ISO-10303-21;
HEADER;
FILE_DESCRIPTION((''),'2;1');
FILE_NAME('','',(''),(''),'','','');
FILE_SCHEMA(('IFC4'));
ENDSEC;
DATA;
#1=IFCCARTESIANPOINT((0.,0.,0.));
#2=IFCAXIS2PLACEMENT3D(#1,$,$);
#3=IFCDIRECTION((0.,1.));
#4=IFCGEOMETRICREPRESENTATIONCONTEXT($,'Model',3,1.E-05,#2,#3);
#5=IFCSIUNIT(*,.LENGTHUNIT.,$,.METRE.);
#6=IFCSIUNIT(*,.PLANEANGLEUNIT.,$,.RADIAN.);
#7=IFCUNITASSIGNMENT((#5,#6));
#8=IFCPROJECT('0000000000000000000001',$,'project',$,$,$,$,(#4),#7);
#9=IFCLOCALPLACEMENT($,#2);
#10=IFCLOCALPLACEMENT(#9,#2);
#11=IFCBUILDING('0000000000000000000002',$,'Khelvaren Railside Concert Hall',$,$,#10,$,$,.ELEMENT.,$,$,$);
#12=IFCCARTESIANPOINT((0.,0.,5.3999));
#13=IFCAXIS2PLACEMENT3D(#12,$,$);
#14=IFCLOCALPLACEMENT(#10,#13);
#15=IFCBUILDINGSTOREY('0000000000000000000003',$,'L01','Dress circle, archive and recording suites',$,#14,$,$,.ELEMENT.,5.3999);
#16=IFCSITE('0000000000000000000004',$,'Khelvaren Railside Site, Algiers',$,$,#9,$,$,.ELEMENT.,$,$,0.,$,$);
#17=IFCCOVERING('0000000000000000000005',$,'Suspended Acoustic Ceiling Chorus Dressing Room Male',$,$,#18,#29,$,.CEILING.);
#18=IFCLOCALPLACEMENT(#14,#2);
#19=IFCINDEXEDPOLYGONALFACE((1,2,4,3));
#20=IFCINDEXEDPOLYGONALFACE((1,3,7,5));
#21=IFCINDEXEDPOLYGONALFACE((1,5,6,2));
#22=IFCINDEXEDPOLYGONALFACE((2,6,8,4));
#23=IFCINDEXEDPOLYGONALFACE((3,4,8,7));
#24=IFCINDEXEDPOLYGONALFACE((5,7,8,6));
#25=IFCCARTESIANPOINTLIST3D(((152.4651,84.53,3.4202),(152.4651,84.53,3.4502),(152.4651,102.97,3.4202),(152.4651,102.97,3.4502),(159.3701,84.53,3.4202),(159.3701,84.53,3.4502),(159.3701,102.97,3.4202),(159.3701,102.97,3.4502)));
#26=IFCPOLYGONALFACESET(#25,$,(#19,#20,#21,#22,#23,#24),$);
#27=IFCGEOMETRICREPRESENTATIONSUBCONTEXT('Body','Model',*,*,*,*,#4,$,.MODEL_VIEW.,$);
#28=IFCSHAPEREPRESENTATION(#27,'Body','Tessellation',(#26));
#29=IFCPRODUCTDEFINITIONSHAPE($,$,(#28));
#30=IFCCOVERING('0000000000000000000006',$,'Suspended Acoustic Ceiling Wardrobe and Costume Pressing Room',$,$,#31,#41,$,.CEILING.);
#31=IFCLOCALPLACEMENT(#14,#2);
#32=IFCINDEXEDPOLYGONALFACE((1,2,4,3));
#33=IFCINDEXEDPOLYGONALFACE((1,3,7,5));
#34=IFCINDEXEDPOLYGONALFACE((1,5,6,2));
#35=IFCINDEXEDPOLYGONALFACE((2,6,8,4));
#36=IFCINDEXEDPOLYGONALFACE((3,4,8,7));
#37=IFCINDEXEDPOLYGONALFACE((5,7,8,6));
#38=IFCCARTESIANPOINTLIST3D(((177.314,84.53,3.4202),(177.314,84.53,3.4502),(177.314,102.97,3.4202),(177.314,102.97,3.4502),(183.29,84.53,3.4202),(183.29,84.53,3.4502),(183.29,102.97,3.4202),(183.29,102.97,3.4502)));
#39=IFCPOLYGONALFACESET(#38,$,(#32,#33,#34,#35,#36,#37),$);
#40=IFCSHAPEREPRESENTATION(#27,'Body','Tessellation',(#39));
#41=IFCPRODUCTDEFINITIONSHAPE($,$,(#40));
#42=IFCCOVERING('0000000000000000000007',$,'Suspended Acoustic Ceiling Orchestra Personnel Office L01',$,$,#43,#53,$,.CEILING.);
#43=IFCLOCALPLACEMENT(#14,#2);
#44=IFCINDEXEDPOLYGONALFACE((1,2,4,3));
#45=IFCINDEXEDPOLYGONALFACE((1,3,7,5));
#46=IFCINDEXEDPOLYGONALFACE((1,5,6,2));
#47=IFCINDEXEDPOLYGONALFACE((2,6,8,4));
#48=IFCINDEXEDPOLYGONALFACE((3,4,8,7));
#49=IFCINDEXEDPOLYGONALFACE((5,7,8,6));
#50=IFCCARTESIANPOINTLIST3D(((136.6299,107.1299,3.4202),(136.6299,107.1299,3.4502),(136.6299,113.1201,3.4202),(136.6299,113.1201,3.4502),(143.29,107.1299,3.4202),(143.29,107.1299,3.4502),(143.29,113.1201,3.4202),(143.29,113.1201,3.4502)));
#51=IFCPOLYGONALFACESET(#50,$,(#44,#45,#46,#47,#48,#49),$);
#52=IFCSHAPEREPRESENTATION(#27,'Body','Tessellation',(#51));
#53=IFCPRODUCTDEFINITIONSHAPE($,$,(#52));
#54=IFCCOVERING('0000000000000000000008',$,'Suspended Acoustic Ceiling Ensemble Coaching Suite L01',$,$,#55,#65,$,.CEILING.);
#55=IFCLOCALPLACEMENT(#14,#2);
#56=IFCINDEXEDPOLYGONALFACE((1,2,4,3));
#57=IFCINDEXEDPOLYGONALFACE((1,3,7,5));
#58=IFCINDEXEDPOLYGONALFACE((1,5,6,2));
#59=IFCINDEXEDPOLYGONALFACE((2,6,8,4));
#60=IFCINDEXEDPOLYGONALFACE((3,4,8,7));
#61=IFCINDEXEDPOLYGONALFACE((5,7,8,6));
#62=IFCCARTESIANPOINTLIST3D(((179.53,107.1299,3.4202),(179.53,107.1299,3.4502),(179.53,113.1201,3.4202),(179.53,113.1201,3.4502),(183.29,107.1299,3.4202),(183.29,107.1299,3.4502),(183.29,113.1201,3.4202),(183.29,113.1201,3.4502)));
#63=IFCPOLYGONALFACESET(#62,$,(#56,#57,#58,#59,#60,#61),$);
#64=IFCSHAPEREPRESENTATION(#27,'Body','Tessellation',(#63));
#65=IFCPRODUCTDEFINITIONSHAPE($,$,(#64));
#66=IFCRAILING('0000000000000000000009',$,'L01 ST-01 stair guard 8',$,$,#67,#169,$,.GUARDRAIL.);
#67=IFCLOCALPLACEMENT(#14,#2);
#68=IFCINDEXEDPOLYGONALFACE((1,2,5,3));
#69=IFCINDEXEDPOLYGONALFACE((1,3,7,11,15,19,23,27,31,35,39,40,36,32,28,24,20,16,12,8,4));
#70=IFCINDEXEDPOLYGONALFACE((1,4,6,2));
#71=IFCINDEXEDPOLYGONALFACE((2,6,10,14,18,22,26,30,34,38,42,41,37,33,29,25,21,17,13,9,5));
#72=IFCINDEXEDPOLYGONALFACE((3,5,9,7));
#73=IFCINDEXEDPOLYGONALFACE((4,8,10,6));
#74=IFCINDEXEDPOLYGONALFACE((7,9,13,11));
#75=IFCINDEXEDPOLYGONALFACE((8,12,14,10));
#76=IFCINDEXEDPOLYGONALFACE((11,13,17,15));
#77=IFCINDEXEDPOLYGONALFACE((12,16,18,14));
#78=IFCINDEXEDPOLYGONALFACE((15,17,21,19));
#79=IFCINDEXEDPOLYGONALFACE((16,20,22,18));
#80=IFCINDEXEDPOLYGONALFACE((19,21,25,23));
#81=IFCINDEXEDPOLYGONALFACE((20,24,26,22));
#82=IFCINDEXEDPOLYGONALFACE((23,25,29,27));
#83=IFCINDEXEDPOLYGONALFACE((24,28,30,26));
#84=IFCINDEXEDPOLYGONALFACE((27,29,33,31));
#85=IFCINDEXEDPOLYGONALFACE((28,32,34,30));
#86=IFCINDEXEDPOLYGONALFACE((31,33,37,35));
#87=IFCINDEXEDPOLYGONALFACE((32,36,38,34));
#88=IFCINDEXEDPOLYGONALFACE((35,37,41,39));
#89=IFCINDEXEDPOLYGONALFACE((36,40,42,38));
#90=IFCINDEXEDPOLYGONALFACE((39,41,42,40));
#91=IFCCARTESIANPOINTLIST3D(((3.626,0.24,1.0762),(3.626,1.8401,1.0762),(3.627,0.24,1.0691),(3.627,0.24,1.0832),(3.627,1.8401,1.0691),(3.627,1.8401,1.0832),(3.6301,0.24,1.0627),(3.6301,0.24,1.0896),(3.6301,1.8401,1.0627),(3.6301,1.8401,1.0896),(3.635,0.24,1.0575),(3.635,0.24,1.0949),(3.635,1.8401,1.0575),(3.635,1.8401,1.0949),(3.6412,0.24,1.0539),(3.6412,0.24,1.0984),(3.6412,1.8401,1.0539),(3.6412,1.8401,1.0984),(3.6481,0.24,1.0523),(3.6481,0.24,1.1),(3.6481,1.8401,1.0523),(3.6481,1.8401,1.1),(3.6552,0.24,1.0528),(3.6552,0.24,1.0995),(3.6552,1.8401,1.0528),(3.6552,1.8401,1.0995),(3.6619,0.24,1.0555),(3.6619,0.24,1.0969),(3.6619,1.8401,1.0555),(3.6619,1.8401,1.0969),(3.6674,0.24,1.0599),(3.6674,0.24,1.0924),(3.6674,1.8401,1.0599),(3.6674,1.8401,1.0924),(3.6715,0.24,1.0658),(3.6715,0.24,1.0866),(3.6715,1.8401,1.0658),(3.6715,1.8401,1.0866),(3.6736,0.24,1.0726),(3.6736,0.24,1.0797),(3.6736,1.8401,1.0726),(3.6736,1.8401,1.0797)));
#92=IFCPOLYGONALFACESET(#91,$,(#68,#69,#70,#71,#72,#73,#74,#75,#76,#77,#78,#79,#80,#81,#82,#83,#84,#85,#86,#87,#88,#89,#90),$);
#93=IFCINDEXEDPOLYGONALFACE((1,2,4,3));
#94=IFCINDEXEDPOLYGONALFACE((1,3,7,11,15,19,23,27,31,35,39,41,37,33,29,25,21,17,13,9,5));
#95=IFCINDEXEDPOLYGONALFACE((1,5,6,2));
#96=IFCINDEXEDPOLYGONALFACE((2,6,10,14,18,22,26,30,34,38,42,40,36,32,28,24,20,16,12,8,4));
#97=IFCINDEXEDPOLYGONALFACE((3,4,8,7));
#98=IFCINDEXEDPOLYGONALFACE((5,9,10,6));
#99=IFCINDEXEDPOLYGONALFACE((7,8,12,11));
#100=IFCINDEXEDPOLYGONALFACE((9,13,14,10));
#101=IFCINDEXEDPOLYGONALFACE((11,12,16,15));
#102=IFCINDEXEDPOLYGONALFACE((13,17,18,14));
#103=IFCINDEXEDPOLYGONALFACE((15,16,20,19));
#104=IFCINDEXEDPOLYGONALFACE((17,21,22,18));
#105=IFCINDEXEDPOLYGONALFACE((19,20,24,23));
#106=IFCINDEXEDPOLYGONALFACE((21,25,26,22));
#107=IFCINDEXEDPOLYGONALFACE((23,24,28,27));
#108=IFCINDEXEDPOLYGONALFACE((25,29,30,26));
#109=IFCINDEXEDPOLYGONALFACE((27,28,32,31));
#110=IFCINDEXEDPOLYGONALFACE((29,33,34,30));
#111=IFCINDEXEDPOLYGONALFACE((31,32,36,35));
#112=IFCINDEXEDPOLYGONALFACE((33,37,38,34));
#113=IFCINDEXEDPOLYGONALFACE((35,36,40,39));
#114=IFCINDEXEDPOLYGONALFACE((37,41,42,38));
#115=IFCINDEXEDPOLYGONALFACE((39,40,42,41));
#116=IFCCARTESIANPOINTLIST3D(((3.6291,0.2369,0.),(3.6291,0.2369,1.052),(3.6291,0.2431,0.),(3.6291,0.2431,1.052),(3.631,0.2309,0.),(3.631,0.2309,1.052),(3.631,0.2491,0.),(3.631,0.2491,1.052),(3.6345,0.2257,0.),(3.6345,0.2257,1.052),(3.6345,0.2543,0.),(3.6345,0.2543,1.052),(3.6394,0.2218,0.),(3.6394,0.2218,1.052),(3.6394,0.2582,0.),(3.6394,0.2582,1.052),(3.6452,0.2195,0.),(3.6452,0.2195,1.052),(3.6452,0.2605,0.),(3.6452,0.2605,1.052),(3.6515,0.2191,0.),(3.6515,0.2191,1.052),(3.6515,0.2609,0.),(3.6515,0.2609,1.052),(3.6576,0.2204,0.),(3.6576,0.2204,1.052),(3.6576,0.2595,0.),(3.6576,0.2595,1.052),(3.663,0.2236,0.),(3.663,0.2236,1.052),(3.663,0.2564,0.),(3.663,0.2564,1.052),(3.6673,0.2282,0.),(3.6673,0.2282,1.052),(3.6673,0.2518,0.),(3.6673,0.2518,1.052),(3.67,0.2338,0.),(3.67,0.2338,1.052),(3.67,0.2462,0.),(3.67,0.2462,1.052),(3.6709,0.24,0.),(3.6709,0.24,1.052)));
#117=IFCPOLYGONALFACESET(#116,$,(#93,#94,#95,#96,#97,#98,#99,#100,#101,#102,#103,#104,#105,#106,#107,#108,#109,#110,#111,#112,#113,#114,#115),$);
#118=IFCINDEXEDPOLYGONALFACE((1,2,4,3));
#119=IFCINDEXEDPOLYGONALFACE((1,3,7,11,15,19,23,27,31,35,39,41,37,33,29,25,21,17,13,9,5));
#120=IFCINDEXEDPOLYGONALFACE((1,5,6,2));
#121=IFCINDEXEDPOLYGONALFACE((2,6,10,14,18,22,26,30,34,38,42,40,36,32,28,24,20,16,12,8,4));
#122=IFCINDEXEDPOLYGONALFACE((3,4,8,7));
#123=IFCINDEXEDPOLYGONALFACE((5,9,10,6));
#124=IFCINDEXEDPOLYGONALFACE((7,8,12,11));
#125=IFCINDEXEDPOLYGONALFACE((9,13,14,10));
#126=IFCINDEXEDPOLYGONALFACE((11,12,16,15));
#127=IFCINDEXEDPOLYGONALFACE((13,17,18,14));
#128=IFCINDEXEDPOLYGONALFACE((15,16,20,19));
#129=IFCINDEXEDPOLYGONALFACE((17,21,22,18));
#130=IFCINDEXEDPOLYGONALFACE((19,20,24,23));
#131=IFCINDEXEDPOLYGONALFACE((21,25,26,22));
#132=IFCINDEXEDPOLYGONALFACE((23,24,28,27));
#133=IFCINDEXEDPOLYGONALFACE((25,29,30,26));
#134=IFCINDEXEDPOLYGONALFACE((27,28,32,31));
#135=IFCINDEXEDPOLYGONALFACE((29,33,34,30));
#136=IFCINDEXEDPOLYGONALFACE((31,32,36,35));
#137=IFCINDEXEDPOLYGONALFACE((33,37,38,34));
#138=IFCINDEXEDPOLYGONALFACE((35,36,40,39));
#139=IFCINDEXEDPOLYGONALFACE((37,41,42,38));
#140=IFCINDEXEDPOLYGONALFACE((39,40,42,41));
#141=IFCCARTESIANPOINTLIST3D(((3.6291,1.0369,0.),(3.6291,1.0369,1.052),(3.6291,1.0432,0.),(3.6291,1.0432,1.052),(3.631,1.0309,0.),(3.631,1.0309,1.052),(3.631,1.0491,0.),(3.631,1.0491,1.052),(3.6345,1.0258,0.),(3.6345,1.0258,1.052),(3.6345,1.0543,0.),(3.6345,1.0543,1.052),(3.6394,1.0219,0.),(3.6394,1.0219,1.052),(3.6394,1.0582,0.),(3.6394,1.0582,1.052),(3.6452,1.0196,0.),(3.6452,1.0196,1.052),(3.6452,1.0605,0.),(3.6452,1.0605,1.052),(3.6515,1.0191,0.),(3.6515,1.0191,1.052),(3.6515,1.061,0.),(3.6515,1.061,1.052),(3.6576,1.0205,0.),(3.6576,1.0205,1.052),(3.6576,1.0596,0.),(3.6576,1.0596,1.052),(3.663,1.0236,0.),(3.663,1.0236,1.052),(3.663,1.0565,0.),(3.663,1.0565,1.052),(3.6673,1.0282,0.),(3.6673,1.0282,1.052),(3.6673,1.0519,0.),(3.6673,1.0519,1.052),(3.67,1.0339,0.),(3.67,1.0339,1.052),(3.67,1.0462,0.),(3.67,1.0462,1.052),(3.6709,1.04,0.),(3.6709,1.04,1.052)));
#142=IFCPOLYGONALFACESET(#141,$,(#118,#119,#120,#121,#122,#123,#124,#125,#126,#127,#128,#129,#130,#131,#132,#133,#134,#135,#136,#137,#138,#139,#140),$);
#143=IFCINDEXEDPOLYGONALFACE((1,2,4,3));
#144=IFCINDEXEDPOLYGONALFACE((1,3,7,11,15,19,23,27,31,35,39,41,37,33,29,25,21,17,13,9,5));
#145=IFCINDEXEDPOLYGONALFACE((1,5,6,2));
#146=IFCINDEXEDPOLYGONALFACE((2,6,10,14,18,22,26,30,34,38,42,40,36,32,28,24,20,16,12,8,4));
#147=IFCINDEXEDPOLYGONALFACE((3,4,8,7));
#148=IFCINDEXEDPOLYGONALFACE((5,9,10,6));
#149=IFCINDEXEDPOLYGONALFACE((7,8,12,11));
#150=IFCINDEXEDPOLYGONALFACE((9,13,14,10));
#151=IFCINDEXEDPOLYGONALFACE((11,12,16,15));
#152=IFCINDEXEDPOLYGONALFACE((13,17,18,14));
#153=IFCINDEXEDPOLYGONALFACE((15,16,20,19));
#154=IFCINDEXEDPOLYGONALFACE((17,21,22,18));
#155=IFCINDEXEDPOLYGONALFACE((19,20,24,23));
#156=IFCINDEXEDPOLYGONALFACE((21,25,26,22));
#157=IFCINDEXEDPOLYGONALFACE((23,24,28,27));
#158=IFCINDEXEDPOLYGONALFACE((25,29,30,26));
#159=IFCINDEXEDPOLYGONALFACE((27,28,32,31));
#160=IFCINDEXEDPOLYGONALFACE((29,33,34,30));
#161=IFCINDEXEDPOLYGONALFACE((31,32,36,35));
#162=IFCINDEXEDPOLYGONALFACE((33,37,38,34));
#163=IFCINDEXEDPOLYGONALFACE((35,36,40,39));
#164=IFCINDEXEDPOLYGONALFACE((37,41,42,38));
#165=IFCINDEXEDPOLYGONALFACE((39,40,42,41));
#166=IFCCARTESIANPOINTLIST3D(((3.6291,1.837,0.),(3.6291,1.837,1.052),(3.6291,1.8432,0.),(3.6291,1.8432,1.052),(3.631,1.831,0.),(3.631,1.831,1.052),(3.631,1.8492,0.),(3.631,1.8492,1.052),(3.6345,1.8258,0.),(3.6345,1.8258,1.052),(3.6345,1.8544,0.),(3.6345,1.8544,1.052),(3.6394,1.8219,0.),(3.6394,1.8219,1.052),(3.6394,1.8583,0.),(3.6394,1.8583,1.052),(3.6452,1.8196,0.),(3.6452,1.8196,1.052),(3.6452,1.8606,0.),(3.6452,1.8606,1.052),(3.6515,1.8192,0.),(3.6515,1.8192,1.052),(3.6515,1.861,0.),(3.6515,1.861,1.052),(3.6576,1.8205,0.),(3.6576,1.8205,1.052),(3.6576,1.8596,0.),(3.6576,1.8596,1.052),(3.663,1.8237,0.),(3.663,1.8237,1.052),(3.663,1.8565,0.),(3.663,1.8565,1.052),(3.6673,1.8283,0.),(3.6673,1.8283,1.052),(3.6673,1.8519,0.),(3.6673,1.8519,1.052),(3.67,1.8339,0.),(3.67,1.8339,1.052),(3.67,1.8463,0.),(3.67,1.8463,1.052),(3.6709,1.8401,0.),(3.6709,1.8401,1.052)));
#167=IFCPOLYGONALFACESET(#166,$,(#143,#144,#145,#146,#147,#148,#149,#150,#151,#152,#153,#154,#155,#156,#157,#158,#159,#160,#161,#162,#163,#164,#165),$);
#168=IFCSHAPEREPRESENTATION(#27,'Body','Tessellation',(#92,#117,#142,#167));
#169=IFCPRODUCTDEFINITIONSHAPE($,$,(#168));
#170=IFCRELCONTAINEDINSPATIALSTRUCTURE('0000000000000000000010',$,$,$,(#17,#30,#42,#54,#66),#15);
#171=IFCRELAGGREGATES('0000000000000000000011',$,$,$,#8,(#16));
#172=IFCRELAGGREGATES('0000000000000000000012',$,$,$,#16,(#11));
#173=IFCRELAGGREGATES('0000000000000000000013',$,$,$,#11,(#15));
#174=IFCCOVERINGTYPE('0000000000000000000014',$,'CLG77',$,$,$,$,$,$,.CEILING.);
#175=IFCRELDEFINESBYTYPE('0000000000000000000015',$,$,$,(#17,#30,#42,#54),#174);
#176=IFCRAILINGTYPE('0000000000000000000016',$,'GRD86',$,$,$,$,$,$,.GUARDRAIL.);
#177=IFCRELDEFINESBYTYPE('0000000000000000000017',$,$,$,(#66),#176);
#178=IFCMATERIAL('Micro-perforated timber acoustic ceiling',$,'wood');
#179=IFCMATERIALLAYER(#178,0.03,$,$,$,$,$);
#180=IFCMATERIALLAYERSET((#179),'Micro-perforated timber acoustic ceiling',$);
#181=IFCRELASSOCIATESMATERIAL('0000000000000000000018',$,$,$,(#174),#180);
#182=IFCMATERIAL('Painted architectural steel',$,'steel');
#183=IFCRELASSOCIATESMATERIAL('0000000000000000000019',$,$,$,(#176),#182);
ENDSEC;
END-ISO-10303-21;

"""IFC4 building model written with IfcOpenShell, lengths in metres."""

from ifc_helpers import new_model, si_unit, direction, frame, origin, origin_2d, place, context, subcontext, project, spatial, polyline, circle, outline, extrude, material, layer, layer_set, type_object, element, save


model = new_model("IFC4")

# Units and contexts
model_context = context("Model", 3, precision=1e-05, world=origin(), true_north=direction((0.0, 1.0)))
body_context = subcontext(model_context, "Body", "Model", "MODEL_VIEW")
ifc_project = project(units=[si_unit("LENGTHUNIT", "METRE"), si_unit("PLANEANGLEUNIT", "RADIAN")], contexts=[model_context])

# Site, building, storey
site_placement = place(None, origin())
site = spatial("IfcSite", under=ifc_project, at=site_placement, Name="Khelvaren Railside Site, Algiers", CompositionType="ELEMENT", RefElevation=0.0)
building_placement = place(site_placement, origin())
building = spatial("IfcBuilding", under=site, at=building_placement, Name="Khelvaren Railside Concert Hall", CompositionType="ELEMENT")
storey_placement = place(building_placement, frame((0.0, 0.0, 5.3999)))
storey = spatial("IfcBuildingStorey", under=building, at=storey_placement, Name="L01", Description="Dress circle, archive and recording suites", CompositionType="ELEMENT", Elevation=5.3999)

# Coverings
ifc_material_1 = material(Name="Micro-perforated timber acoustic ceiling", Category="wood")
ifc_layer_1 = layer(ifc_material_1, 0.03)
ifc_layer_set_1 = layer_set([ifc_layer_1], Name="Micro-perforated timber acoustic ceiling")
covering_type_1 = type_object("IfcCoveringType", Name="CLG77", PredefinedType="CEILING", material=ifc_layer_set_1)
covering_1_placement = place(storey_placement, frame((0.0, 0.0, 3.4202)))
element("IfcCovering", 1, at=covering_1_placement, inside=storey, type_object=covering_type_1, Name="Suspended Acoustic Ceiling Chorus Dressing Room Male", PredefinedType="CEILING", context=body_context, shape_type="SweptSolid", body=[
    extrude(outline(polyline([(152.4651, 84.53), (159.3701, 84.53), (159.3701, 102.97), (152.4651, 102.97), (152.4651, 84.53)])), origin(), (0.0, 0.0, 1.0), 0.03),
])
covering_2_placement = place(storey_placement, frame((0.0, 0.0, 3.4202)))
element("IfcCovering", 2, at=covering_2_placement, inside=storey, type_object=covering_type_1, Name="Suspended Acoustic Ceiling Wardrobe and Costume Pressing Room", PredefinedType="CEILING", context=body_context, shape_type="SweptSolid", body=[
    extrude(outline(polyline([(177.314, 84.53), (183.29, 84.53), (183.29, 102.97), (177.314, 102.97), (177.314, 84.53)])), origin(), (0.0, 0.0, 1.0), 0.03),
])
covering_3_placement = place(storey_placement, frame((0.0, 0.0, 3.4202)))
element("IfcCovering", 3, at=covering_3_placement, inside=storey, type_object=covering_type_1, Name="Suspended Acoustic Ceiling Orchestra Personnel Office L01", PredefinedType="CEILING", context=body_context, shape_type="SweptSolid", body=[
    extrude(outline(polyline([(136.6299, 107.1299), (143.29, 107.1299), (143.29, 113.1201), (136.6299, 113.1201), (136.6299, 107.1299)])), origin(), (0.0, 0.0, 1.0), 0.03),
])
covering_4_placement = place(storey_placement, frame((0.0, 0.0, 3.4202)))
element("IfcCovering", 4, at=covering_4_placement, inside=storey, type_object=covering_type_1, Name="Suspended Acoustic Ceiling Ensemble Coaching Suite L01", PredefinedType="CEILING", context=body_context, shape_type="SweptSolid", body=[
    extrude(outline(polyline([(179.53, 107.1299), (183.29, 107.1299), (183.29, 113.1201), (179.53, 113.1201), (179.53, 107.1299)])), origin(), (0.0, 0.0, 1.0), 0.03),
])

# Railing
ifc_material_2 = material(Name="Painted architectural steel", Category="steel")
railing_type = type_object("IfcRailingType", Name="GRD86", PredefinedType="GUARDRAIL", material=ifc_material_2)
for number, where, name in (
    (5, (3.6499, 0.24, 0.0), "L01 ST-01 stair guard 8"),
):
    element("IfcRailing", number, at=place(storey_placement, frame(where)), inside=storey, type_object=railing_type, Name=name, PredefinedType="GUARDRAIL", context=body_context, shape_type="SweptSolid", body=[
        extrude(circle(Radius=0.0239, at=origin_2d()), frame((0.0, 0.0, 1.0762), z_axis=(0.0, 1.0, 0.0), x_axis=(-1.0, 0.0, 0.0)), (0.0, 0.0, 1.0), 1.6001),
        extrude(circle(Radius=0.021, at=origin_2d()), origin(), (0.0, 0.0, 1.0), 1.052),
        extrude(circle(Radius=0.021, at=origin_2d()), frame((0.0, 0.8, 0.0)), (0.0, 0.0, 1.0), 1.052),
        extrude(circle(Radius=0.021, at=origin_2d()), frame((0.0, 1.6001, 0.0)), (0.0, 0.0, 1.0), 1.052),
    ])

save(model, "model.ifc")
